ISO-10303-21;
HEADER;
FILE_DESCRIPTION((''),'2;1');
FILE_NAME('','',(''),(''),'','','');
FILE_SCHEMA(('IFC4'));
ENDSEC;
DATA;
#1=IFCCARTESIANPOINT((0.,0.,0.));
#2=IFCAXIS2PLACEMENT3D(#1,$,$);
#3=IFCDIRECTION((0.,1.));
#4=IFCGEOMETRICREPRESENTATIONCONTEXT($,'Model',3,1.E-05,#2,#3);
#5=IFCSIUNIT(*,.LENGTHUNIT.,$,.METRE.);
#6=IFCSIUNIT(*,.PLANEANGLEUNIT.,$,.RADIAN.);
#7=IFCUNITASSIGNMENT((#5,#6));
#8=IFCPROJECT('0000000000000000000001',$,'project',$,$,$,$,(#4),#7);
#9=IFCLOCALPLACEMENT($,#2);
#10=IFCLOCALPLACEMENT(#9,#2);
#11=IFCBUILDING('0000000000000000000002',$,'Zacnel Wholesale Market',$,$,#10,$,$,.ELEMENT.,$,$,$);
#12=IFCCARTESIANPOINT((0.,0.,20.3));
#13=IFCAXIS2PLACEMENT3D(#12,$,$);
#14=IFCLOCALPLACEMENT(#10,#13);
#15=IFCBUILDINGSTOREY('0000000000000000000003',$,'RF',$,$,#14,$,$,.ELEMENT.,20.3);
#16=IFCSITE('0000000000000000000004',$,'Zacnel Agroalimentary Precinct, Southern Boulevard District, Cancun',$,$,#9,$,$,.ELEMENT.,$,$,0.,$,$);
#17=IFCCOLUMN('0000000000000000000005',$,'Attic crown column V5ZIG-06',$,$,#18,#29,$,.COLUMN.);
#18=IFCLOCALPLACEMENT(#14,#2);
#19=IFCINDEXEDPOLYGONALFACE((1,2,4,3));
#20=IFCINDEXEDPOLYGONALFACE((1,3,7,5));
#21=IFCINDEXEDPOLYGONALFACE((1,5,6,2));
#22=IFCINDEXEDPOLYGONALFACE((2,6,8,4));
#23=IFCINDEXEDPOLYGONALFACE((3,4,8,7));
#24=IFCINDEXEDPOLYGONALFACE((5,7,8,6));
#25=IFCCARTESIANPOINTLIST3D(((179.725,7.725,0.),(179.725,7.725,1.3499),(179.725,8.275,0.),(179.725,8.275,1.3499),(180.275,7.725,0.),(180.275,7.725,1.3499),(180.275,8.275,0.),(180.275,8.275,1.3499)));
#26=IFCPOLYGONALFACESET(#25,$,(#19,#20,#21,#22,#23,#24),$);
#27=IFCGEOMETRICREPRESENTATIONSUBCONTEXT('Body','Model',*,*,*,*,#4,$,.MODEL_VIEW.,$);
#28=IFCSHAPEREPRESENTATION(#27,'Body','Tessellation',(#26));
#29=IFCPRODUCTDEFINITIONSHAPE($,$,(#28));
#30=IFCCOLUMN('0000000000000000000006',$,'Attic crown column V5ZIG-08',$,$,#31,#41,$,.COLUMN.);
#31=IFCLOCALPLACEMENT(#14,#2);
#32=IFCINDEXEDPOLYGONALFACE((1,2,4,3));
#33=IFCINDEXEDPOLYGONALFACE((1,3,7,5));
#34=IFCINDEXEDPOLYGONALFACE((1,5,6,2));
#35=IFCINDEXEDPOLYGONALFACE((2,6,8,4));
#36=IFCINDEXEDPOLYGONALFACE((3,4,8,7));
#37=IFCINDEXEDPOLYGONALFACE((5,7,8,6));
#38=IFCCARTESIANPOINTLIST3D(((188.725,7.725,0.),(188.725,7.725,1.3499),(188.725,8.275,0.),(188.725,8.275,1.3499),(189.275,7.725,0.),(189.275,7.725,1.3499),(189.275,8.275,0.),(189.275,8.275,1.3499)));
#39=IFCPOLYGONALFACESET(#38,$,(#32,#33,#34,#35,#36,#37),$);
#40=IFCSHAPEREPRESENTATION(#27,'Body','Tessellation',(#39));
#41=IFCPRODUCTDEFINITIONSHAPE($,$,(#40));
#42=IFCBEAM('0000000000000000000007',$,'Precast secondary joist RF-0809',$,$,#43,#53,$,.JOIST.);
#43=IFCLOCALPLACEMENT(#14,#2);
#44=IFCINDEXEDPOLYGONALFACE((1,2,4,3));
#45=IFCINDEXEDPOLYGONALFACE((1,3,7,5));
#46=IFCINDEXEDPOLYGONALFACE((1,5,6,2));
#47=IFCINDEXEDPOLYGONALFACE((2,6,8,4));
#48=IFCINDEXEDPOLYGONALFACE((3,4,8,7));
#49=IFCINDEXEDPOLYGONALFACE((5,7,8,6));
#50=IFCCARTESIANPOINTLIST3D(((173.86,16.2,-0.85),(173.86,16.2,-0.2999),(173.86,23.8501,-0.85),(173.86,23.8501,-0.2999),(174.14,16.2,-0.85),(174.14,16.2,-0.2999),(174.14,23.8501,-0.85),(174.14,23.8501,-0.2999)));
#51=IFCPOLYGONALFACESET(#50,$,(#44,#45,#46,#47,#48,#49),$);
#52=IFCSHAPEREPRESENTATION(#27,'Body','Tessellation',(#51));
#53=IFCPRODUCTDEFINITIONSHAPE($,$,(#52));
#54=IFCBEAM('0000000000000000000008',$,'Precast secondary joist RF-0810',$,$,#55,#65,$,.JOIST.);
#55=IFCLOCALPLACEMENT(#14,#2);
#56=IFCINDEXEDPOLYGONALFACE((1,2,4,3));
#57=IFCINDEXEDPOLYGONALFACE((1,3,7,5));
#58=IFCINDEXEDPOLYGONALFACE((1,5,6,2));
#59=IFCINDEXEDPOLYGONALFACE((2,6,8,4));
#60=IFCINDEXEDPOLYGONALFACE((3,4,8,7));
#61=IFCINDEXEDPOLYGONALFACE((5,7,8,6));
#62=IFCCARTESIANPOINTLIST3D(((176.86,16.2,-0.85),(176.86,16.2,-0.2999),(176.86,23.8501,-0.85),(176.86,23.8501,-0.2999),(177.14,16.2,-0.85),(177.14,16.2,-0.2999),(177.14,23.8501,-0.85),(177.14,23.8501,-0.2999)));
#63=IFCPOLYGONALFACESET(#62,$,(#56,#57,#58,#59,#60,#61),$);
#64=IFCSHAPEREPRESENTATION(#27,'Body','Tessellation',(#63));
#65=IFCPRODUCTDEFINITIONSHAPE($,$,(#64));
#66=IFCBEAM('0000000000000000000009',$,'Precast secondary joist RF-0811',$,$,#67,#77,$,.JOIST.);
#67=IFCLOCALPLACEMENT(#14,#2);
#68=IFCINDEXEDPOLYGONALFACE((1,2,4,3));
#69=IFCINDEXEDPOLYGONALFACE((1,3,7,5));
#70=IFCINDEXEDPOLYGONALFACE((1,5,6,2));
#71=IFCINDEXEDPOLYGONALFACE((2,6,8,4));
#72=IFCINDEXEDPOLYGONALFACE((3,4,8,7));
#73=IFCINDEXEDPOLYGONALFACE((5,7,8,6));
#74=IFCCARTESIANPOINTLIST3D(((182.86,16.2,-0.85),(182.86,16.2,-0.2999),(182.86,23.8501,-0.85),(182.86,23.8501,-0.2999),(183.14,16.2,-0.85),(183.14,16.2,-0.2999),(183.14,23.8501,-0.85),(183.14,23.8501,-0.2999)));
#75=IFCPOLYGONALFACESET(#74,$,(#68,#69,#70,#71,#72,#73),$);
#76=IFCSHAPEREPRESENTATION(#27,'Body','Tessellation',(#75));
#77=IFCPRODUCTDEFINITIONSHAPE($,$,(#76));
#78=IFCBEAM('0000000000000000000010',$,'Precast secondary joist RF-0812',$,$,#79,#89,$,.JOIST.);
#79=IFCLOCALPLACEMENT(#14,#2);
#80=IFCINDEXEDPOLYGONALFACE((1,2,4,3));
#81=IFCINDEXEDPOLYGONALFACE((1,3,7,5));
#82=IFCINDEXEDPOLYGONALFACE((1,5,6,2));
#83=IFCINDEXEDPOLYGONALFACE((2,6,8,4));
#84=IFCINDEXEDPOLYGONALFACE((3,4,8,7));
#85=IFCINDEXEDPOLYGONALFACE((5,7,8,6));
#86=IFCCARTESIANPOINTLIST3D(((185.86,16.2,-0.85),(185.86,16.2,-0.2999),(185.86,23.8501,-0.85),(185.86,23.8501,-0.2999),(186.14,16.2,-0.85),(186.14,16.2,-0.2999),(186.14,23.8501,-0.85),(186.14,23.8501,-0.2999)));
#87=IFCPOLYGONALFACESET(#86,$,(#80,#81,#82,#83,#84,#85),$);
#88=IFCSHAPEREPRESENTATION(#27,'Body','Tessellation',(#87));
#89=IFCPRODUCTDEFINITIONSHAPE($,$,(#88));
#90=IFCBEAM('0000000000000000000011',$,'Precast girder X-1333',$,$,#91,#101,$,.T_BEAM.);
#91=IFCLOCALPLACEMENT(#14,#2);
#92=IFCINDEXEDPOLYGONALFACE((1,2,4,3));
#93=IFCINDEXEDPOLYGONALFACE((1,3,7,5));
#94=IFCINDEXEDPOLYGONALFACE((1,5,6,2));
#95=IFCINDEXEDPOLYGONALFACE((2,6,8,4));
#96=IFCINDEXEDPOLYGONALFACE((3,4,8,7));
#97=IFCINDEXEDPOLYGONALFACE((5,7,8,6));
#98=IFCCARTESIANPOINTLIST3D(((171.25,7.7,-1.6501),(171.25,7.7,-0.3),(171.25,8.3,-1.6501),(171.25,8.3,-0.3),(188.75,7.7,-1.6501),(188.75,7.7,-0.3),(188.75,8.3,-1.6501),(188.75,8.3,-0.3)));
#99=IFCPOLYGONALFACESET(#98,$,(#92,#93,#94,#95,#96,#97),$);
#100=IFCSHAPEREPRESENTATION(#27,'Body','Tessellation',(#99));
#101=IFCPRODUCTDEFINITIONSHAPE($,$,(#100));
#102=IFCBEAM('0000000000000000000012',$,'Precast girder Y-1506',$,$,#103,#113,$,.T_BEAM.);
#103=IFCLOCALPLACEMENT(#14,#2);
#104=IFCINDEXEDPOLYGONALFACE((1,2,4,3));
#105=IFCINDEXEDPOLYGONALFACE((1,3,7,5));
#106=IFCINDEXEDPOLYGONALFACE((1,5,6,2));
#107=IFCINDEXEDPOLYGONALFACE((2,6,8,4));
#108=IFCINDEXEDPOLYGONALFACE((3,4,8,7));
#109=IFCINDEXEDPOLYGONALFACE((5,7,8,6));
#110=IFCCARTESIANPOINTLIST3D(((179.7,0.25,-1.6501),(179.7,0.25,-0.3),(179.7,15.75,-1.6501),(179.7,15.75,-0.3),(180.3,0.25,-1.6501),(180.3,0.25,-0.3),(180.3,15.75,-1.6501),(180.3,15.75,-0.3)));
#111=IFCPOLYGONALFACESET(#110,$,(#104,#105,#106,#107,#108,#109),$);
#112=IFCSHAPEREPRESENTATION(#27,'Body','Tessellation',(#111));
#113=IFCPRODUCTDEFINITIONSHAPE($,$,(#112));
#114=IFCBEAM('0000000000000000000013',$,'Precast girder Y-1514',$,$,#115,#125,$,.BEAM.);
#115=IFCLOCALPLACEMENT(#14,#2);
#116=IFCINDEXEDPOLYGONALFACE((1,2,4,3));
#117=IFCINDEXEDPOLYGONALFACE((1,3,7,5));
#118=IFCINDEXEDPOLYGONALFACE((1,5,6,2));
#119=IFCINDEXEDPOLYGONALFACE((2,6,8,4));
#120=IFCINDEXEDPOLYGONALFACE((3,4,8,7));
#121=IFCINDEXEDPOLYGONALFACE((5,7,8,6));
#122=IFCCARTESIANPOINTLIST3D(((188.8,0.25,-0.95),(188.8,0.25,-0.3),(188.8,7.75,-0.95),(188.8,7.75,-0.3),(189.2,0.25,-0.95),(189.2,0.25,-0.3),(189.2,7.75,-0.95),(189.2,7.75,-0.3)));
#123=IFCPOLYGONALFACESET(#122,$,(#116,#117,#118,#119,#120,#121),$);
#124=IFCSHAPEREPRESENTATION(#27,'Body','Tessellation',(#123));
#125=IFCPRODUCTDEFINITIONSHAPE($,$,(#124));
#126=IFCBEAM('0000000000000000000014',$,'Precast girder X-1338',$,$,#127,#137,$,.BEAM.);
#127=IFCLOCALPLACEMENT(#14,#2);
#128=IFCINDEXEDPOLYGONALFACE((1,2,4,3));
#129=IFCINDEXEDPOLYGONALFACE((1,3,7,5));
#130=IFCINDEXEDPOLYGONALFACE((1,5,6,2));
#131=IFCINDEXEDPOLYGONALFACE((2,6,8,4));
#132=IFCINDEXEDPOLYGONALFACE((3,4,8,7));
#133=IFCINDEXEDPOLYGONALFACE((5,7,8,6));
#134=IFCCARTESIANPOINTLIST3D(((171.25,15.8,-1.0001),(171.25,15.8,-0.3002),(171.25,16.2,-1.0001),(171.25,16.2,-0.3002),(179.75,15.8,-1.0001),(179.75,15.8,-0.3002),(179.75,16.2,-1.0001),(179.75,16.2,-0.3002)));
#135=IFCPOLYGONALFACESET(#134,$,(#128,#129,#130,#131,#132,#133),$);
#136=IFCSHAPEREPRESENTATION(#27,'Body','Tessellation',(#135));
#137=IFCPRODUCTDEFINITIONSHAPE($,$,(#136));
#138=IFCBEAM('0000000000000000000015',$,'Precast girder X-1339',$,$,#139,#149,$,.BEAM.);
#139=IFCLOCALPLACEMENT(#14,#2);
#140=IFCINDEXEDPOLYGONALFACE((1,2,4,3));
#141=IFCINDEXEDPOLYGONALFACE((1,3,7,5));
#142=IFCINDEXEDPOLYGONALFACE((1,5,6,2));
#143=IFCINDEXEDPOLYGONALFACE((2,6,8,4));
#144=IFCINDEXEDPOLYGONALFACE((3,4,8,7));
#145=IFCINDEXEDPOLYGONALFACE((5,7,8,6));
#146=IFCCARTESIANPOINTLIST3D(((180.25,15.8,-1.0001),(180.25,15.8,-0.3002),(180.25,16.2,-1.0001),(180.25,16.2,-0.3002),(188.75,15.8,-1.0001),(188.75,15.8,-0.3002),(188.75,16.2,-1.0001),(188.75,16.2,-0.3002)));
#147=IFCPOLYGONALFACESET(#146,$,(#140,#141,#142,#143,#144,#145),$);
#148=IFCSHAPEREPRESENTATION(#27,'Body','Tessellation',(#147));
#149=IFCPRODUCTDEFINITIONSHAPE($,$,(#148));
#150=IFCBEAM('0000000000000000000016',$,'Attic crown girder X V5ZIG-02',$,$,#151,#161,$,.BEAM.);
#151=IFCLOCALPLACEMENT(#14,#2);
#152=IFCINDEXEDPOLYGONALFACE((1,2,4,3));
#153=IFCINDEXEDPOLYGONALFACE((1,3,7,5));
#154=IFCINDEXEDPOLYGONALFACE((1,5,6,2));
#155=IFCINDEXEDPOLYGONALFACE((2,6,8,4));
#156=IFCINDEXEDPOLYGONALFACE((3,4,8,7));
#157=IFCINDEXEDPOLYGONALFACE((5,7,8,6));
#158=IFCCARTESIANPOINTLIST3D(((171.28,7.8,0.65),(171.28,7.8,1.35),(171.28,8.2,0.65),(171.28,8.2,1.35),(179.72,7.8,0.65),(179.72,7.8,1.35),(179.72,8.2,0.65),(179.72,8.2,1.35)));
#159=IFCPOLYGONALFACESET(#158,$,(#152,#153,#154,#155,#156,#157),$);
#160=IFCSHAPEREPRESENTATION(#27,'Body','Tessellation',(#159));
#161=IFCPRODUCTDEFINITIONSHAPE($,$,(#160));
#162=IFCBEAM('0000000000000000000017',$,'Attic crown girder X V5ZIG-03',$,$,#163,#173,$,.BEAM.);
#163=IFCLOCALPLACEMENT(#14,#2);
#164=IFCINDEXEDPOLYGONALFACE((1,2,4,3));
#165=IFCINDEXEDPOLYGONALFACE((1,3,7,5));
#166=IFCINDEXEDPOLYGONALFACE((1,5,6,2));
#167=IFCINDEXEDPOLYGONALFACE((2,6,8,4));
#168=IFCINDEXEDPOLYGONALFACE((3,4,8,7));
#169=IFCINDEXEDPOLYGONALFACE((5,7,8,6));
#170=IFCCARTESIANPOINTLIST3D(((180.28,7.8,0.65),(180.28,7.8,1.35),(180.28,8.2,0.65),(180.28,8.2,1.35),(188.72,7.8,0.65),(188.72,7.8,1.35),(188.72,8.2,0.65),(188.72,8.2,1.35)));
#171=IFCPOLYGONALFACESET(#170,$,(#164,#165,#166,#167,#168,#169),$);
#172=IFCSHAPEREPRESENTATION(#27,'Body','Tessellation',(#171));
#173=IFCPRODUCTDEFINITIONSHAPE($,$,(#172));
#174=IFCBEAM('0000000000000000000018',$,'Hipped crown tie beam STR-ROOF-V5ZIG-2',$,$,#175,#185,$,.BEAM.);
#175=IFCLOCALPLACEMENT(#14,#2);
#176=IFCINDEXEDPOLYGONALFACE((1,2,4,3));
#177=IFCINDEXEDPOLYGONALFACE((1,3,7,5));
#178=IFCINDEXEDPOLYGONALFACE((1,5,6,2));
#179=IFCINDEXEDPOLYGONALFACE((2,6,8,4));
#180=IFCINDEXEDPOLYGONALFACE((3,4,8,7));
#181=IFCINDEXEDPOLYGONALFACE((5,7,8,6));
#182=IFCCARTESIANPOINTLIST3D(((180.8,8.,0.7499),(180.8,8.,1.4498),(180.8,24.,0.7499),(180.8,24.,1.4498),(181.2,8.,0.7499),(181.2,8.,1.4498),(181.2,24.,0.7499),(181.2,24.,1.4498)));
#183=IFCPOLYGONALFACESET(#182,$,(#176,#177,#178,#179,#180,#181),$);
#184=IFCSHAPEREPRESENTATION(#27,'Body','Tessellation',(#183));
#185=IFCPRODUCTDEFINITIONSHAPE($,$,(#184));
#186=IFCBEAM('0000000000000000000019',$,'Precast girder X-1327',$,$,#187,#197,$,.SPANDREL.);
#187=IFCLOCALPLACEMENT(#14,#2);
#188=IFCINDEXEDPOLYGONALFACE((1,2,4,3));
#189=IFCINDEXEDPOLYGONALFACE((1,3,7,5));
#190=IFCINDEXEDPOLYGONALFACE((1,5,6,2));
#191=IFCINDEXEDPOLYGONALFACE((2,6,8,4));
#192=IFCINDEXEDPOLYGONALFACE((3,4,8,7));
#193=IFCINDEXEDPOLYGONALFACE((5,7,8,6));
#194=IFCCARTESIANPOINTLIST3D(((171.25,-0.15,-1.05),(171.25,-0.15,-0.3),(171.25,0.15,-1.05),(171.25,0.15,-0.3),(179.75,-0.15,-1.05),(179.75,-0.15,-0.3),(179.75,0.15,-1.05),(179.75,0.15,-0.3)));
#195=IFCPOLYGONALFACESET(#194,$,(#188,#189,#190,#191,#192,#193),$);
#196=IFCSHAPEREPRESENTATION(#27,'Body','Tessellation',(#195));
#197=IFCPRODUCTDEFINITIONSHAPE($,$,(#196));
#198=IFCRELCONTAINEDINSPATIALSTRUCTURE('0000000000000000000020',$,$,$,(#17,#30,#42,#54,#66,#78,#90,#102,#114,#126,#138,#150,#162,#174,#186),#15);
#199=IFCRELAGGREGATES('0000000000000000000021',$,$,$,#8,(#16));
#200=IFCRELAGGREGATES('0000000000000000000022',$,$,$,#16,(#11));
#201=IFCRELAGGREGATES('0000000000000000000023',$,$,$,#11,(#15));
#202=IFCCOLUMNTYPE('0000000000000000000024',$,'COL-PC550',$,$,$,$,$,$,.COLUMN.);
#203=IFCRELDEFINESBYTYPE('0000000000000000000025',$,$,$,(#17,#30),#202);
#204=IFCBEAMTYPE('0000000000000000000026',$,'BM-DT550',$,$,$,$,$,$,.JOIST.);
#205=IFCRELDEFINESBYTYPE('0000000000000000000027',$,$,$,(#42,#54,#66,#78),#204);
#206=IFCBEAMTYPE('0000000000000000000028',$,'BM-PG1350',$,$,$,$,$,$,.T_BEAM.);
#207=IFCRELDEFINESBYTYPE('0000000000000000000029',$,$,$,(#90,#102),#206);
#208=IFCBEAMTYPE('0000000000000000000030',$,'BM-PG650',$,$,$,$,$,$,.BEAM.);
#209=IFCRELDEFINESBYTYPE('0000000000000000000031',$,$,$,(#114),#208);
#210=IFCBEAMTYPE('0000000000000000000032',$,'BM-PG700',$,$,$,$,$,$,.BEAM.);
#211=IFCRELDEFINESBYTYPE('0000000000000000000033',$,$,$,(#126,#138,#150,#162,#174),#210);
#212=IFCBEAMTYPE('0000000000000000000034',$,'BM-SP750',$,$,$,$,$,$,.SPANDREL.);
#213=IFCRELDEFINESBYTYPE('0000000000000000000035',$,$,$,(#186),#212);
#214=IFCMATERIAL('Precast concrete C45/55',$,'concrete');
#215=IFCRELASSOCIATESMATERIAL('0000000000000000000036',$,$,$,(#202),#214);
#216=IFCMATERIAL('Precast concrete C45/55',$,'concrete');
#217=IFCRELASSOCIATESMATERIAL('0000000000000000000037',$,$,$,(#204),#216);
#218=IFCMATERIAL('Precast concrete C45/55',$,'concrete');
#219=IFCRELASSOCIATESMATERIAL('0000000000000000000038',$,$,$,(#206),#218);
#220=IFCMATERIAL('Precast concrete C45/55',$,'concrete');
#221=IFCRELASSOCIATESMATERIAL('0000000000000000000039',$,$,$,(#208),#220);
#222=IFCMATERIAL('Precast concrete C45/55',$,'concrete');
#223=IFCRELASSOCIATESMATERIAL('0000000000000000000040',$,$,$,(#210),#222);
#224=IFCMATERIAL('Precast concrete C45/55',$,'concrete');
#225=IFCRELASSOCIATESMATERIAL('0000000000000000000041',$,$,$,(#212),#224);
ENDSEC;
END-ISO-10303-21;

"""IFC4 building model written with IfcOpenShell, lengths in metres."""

from ifc_helpers import new_model, si_unit, direction, frame, origin, origin_2d, place, context, subcontext, project, spatial, rectangle, extrude, material, material_profile, profile_set, type_object, element, save


model = new_model("IFC4")

# Units and contexts
model_context = context("Model", 3, precision=1e-05, world=origin(), true_north=direction((0.0, 1.0)))
body_context = subcontext(model_context, "Body", "Model", "MODEL_VIEW")
ifc_project = project(units=[si_unit("LENGTHUNIT", "METRE"), si_unit("PLANEANGLEUNIT", "RADIAN")], contexts=[model_context])

# Site, building, storey
site_placement = place(None, origin())
site = spatial("IfcSite", under=ifc_project, at=site_placement, Name="Zacnel Agroalimentary Precinct, Southern Boulevard District, Cancun", CompositionType="ELEMENT", RefElevation=0.0)
building_placement = place(site_placement, origin())
building = spatial("IfcBuilding", under=site, at=building_placement, Name="Zacnel Wholesale Market", CompositionType="ELEMENT")
storey_placement = place(building_placement, frame((0.0, 0.0, 20.3)))
storey = spatial("IfcBuildingStorey", under=building, at=storey_placement, Name="RF", CompositionType="ELEMENT", Elevation=20.3)

# Columns
ifc_material_1 = material(Name="Precast concrete C45/55", Category="concrete")
ifc_material_profile_1 = material_profile(ifc_material_1, rectangle(XDim=0.55, YDim=0.55, at=origin_2d()), Name="PC 550x550")
ifc_profile_set_1 = profile_set([ifc_material_profile_1], Name="Precast concrete C45/55")
column_type = type_object("IfcColumnType", Name="COL-PC550", PredefinedType="COLUMN", material=ifc_profile_set_1)
for number, where, z_axis, x_axis, name in (
    (1, (180.0, 8.0, 0.0), (0.0, 0.0, 1.0), (1.0, 0.0, 0.0), "Attic crown column V5ZIG-06"),
    (2, (189.0, 8.0, 0.0), (0.0, 0.0, 1.0), (1.0, 0.0, 0.0), "Attic crown column V5ZIG-08"),
):
    element("IfcColumn", number, at=place(storey_placement, frame(where, z_axis=z_axis, x_axis=x_axis)), inside=storey, type_object=column_type, Name=name, PredefinedType="COLUMN", context=body_context, shape_type="SweptSolid", body=[
        extrude(rectangle(XDim=0.55, YDim=0.55, at=origin_2d()), origin(), (0.0, 0.0, 1.0), 1.3499),
    ])

# Beams
ifc_material_2 = material(Name="Precast concrete C45/55", Category="concrete")
ifc_material_profile_2 = material_profile(ifc_material_2, rectangle(XDim=0.28, YDim=0.55, at=origin_2d()), Name="DT RIB 280x550")
ifc_profile_set_2 = profile_set([ifc_material_profile_2], Name="Precast concrete C45/55")
beam_type_1 = type_object("IfcBeamType", Name="BM-DT550", PredefinedType="JOIST", material=ifc_profile_set_2)
for number, where, z_axis, x_axis, name in (
    (3, (174.0, 16.2, -0.575), (0.0, 1.0, 0.0), (-1.0, 0.0, 0.0), "Precast secondary joist RF-0809"),
    (4, (177.0, 16.2, -0.575), (0.0, 1.0, 0.0), (-1.0, 0.0, 0.0), "Precast secondary joist RF-0810"),
    (5, (183.0, 16.2, -0.575), (0.0, 1.0, 0.0), (-1.0, 0.0, 0.0), "Precast secondary joist RF-0811"),
    (6, (186.0, 16.2, -0.575), (0.0, 1.0, 0.0), (-1.0, 0.0, 0.0), "Precast secondary joist RF-0812"),
):
    element("IfcBeam", number, at=place(storey_placement, frame(where, z_axis=z_axis, x_axis=x_axis)), inside=storey, type_object=beam_type_1, Name=name, PredefinedType="JOIST", context=body_context, shape_type="SweptSolid", body=[
        extrude(rectangle(XDim=0.28, YDim=0.55, at=origin_2d()), origin(), (0.0, 0.0, 1.0), 7.6501),
    ])
ifc_material_3 = material(Name="Precast concrete C45/55", Category="concrete")
ifc_material_profile_3 = material_profile(ifc_material_3, rectangle(XDim=0.6001, YDim=1.3501, at=origin_2d()), Name="PG 600x1350")
ifc_profile_set_3 = profile_set([ifc_material_profile_3], Name="Precast concrete C45/55")
beam_type_2 = type_object("IfcBeamType", Name="BM-PG1350", PredefinedType="T_BEAM", material=ifc_profile_set_3)
beam_1_placement = place(storey_placement, frame((171.25, 8.0, -0.9751), z_axis=(1.0, 0.0, 0.0), x_axis=(0.0, 1.0, 0.0)))
element("IfcBeam", 7, at=beam_1_placement, inside=storey, type_object=beam_type_2, Name="Precast girder X-1333", PredefinedType="T_BEAM", context=body_context, shape_type="SweptSolid", body=[
    extrude(rectangle(XDim=0.6001, YDim=1.3501, at=origin_2d()), origin(), (0.0, 0.0, 1.0), 17.5),
])
beam_2_placement = place(storey_placement, frame((180.0, 0.25, -0.9751), z_axis=(0.0, 1.0, 0.0), x_axis=(-1.0, 0.0, 0.0)))
element("IfcBeam", 8, at=beam_2_placement, inside=storey, type_object=beam_type_2, Name="Precast girder Y-1506", PredefinedType="T_BEAM", context=body_context, shape_type="SweptSolid", body=[
    extrude(rectangle(XDim=0.6001, YDim=1.3501, at=origin_2d()), origin(), (0.0, 0.0, 1.0), 15.5),
])
ifc_material_4 = material(Name="Precast concrete C45/55", Category="concrete")
ifc_material_profile_4 = material_profile(ifc_material_4, rectangle(XDim=0.3999, YDim=0.6499, at=origin_2d()), Name="PG 400x650")
ifc_profile_set_4 = profile_set([ifc_material_profile_4], Name="Precast concrete C45/55")
beam_type_3 = type_object("IfcBeamType", Name="BM-PG650", PredefinedType="BEAM", material=ifc_profile_set_4)
beam_3_placement = place(storey_placement, frame((189.0, 0.25, -0.625), z_axis=(0.0, 1.0, 0.0), x_axis=(-1.0, 0.0, 0.0)))
element("IfcBeam", 9, at=beam_3_placement, inside=storey, type_object=beam_type_3, Name="Precast girder Y-1514", PredefinedType="BEAM", context=body_context, shape_type="SweptSolid", body=[
    extrude(rectangle(XDim=0.3999, YDim=0.6499, at=origin_2d()), origin(), (0.0, 0.0, 1.0), 7.5),
])
ifc_material_5 = material(Name="Precast concrete C45/55", Category="concrete")
ifc_material_profile_5 = material_profile(ifc_material_5, rectangle(XDim=0.3999, YDim=0.7, at=origin_2d()), Name="PG 400x700")
ifc_profile_set_5 = profile_set([ifc_material_profile_5], Name="Precast concrete C45/55")
beam_type_4 = type_object("IfcBeamType", Name="BM-PG700", PredefinedType="BEAM", material=ifc_profile_set_5)
for number, where, z_axis, x_axis, name in (
    (10, (171.25, 16.0, -0.6501), (1.0, 0.0, 0.0), (0.0, 1.0, 0.0), "Precast girder X-1338"),
    (11, (180.25, 16.0, -0.6501), (1.0, 0.0, 0.0), (0.0, 1.0, 0.0), "Precast girder X-1339"),
):
    element("IfcBeam", number, at=place(storey_placement, frame(where, z_axis=z_axis, x_axis=x_axis)), inside=storey, type_object=beam_type_4, Name=name, PredefinedType="BEAM", context=body_context, shape_type="SweptSolid", body=[
        extrude(rectangle(XDim=0.3999, YDim=0.7, at=origin_2d()), origin(), (0.0, 0.0, 1.0), 8.5),
    ])
for number, where, z_axis, x_axis, name in (
    (12, (171.28, 8.0, 1.0), (1.0, 0.0, 0.0), (0.0, 1.0, 0.0), "Attic crown girder X V5ZIG-02"),
    (13, (180.28, 8.0, 1.0), (1.0, 0.0, 0.0), (0.0, 1.0, 0.0), "Attic crown girder X V5ZIG-03"),
):
    element("IfcBeam", number, at=place(storey_placement, frame(where, z_axis=z_axis, x_axis=x_axis)), inside=storey, type_object=beam_type_4, Name=name, PredefinedType="BEAM", context=body_context, shape_type="SweptSolid", body=[
        extrude(rectangle(XDim=0.3999, YDim=0.7, at=origin_2d()), origin(), (0.0, 0.0, 1.0), 8.4399),
    ])
beam_4_placement = place(storey_placement, frame((181.0, 8.0, 1.0999), z_axis=(0.0, 1.0, 0.0), x_axis=(-1.0, 0.0, 0.0)))
element("IfcBeam", 14, at=beam_4_placement, inside=storey, type_object=beam_type_4, Name="Hipped crown tie beam STR-ROOF-V5ZIG-2", PredefinedType="BEAM", context=body_context, shape_type="SweptSolid", body=[
    extrude(rectangle(XDim=0.3999, YDim=0.7, at=origin_2d()), origin(), (0.0, 0.0, 1.0), 16.0),
])
ifc_material_6 = material(Name="Precast concrete C45/55", Category="concrete")
ifc_material_profile_6 = material_profile(ifc_material_6, rectangle(XDim=0.3, YDim=0.75, at=origin_2d()), Name="SP 300x750")
ifc_profile_set_6 = profile_set([ifc_material_profile_6], Name="Precast concrete C45/55")
beam_type_5 = type_object("IfcBeamType", Name="BM-SP750", PredefinedType="SPANDREL", material=ifc_profile_set_6)
for number, where, z_axis, x_axis, name in (
    (15, (171.25, 0.0, -0.675), (1.0, 0.0, 0.0), (0.0, 1.0, 0.0), "Precast girder X-1327"),
):
    element("IfcBeam", number, at=place(storey_placement, frame(where, z_axis=z_axis, x_axis=x_axis)), inside=storey, type_object=beam_type_5, Name=name, PredefinedType="SPANDREL", context=body_context, shape_type="SweptSolid", body=[
        extrude(rectangle(XDim=0.3, YDim=0.75, at=origin_2d()), origin(), (0.0, 0.0, 1.0), 8.5),
    ])

save(model, "model.ifc")
